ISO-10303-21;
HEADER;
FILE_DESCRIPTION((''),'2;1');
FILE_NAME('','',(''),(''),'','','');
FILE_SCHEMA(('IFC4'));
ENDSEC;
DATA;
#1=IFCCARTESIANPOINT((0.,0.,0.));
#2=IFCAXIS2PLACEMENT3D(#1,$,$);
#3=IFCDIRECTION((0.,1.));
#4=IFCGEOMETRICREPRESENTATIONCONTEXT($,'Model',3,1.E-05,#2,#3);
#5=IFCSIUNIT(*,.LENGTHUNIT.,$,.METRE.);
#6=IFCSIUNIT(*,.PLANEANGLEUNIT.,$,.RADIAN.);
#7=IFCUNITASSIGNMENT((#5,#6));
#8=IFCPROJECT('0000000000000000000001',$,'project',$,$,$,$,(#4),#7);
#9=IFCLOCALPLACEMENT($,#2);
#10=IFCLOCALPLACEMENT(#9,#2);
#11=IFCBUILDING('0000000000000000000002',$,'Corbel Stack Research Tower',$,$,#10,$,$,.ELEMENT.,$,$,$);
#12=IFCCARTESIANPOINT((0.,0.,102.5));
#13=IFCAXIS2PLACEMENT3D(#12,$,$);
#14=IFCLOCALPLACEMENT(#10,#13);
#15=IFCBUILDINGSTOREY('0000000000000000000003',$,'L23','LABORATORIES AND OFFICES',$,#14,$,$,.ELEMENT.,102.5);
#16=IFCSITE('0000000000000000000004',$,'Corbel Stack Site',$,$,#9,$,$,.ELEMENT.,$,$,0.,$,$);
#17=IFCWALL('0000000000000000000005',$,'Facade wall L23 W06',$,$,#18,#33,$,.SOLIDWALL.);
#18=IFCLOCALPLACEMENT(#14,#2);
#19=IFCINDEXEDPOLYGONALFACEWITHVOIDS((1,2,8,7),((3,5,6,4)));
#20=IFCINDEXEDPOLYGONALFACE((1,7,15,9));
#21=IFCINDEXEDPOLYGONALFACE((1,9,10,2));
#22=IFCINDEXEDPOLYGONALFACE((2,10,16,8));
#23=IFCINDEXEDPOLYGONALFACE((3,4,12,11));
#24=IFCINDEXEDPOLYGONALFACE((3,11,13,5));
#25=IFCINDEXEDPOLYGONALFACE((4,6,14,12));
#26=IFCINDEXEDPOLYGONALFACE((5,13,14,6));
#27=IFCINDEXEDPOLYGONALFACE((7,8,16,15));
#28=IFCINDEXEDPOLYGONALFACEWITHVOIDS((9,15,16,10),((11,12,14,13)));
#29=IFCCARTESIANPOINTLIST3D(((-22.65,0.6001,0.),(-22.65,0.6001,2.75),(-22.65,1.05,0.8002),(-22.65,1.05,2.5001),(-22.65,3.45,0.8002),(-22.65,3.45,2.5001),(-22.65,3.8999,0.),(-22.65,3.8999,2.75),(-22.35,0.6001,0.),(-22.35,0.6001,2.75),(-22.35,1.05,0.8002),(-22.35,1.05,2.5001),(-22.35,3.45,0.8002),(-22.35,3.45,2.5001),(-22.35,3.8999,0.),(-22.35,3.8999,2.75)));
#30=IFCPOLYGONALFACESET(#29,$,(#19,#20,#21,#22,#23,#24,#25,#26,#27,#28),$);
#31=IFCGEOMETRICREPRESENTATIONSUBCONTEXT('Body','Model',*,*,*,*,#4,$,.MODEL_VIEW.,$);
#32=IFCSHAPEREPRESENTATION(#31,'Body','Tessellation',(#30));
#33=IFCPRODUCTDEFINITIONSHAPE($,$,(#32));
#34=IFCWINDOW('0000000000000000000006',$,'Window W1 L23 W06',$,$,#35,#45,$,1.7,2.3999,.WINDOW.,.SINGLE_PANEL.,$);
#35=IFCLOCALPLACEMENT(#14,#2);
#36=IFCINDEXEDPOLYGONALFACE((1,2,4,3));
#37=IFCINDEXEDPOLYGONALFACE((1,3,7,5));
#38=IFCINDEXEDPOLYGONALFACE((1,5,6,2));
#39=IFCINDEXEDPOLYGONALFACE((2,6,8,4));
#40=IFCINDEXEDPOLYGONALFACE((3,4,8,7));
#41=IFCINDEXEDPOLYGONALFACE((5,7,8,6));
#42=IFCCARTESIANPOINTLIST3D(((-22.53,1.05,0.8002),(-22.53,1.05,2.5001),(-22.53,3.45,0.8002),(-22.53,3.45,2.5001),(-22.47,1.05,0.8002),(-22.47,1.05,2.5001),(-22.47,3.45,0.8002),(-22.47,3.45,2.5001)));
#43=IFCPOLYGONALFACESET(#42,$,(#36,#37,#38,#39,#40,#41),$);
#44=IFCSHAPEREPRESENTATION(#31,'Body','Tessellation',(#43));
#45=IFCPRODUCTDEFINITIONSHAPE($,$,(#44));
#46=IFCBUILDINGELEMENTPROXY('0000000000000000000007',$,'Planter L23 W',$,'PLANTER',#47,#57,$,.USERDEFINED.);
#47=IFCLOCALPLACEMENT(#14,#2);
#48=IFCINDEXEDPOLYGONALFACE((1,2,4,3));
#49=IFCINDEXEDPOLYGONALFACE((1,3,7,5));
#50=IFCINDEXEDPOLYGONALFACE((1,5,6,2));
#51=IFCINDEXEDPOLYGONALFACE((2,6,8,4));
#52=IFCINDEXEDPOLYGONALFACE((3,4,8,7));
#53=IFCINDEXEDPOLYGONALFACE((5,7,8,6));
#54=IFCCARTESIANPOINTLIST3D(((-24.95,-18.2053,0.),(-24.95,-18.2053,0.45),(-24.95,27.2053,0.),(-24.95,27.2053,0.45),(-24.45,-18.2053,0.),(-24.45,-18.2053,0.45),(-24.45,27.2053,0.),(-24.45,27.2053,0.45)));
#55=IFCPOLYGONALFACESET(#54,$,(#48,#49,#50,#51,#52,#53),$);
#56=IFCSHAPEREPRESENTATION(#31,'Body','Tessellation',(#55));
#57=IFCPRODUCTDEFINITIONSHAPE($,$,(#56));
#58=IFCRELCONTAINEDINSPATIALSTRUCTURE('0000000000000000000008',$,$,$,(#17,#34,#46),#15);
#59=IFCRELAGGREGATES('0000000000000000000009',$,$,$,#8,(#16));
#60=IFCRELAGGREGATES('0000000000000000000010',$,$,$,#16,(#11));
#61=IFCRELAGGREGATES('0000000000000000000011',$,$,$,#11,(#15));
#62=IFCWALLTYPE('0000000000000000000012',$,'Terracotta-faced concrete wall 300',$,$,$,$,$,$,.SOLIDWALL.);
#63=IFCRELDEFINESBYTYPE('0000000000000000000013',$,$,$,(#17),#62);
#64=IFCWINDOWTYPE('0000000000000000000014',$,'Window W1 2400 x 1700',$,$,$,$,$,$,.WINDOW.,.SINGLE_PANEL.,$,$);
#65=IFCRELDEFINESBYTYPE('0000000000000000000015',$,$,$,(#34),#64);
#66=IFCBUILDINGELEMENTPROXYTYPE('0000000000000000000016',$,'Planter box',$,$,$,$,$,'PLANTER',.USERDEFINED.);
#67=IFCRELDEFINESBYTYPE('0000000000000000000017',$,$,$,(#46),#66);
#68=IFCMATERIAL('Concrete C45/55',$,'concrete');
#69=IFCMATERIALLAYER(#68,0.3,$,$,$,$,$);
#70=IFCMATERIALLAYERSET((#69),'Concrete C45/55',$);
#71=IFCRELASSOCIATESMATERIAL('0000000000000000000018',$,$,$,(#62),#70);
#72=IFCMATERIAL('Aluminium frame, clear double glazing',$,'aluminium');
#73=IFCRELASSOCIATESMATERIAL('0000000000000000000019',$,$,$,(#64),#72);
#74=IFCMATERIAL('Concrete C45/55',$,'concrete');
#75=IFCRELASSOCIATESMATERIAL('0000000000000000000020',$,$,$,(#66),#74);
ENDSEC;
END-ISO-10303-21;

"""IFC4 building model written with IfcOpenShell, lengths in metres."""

from ifc_helpers import new_model, si_unit, direction, frame, frame_2d, origin, origin_2d, place, context, subcontext, project, spatial, rectangle, extrude, material, layer, layer_set, type_object, element, fill, save


model = new_model("IFC4")

# Units and contexts
model_context = context("Model", 3, precision=1e-05, world=origin(), true_north=direction((0.0, 1.0)))
body_context = subcontext(model_context, "Body", "Model", "MODEL_VIEW")
ifc_project = project(units=[si_unit("LENGTHUNIT", "METRE"), si_unit("PLANEANGLEUNIT", "RADIAN")], contexts=[model_context])

# Site, building, storey
site_placement = place(None, origin())
site = spatial("IfcSite", under=ifc_project, at=site_placement, Name="Corbel Stack Site", CompositionType="ELEMENT", RefElevation=0.0)
building_placement = place(site_placement, origin())
building = spatial("IfcBuilding", under=site, at=building_placement, Name="Corbel Stack Research Tower", CompositionType="ELEMENT")
storey_placement = place(building_placement, frame((0.0, 0.0, 102.5)))
storey = spatial("IfcBuildingStorey", under=building, at=storey_placement, Name="L23", Description="LABORATORIES AND OFFICES", CompositionType="ELEMENT", Elevation=102.5)

# Wall, opening, window
ifc_material_1 = material(Name="Concrete C45/55", Category="concrete")
ifc_layer = layer(ifc_material_1, 0.3)
ifc_layer_set = layer_set([ifc_layer], Name="Concrete C45/55")
wall_type = type_object("IfcWallType", Name="Terracotta-faced concrete wall 300", PredefinedType="SOLIDWALL", material=ifc_layer_set)
ifc_material_2 = material(Name="Aluminium frame, clear double glazing", Category="aluminium")
window_type = type_object("IfcWindowType", Name="Window W1 2400 x 1700", PartitioningType="SINGLE_PANEL", PredefinedType="WINDOW", material=ifc_material_2)
wall_1_placement = place(storey_placement, frame((-22.5, 0.6001, 0.0), z_axis=(0.0, 0.0, 1.0), x_axis=(0.0, 1.0, 0.0)))
wall_1 = element("IfcWall", 1, at=wall_1_placement, inside=storey, type_object=wall_type, Name="Facade wall L23 W06", PredefinedType="SOLIDWALL", context=body_context, shape_type="SweptSolid", body=[
    extrude(rectangle(XDim=3.2998, YDim=0.3, at=frame_2d((1.6499, 0.0))), origin(), (0.0, 0.0, 1.0), 2.75),
])
opening_1_placement = place(wall_1_placement, frame((0.45, 0.0, 0.8)))
opening_1 = element("IfcOpeningElement", 2, at=opening_1_placement, cuts=wall_1, PredefinedType="OPENING", context=body_context, shape_type="SweptSolid", body=[
    extrude(rectangle(XDim=2.3999, YDim=1.7, at=frame_2d((1.2, 0.8501))), frame((0.0, 0.1599, 0.0), z_axis=(0.0, -1.0, 0.0), x_axis=(1.0, 0.0, 0.0)), (0.0, 0.0, 1.0), 0.3201),
])
window_1_placement = place(opening_1_placement, origin())
window_1 = element("IfcWindow", 3, at=window_1_placement, inside=storey, type_object=window_type, Name="Window W1 L23 W06", OverallHeight=1.7, OverallWidth=2.3999, PartitioningType="SINGLE_PANEL", PredefinedType="WINDOW", context=body_context, shape_type="SweptSolid", body=[
    extrude(rectangle(XDim=2.3999, YDim=1.7, at=frame_2d((1.2, 0.8501))), frame((0.0, 0.03, 0.0), z_axis=(0.0, -1.0, 0.0), x_axis=(1.0, 0.0, 0.0)), (0.0, 0.0, 1.0), 0.0601),
])
fill(opening_1, window_1)

# Building element proxy
ifc_material_3 = material(Name="Concrete C45/55", Category="concrete")
building_element_proxy_type = type_object("IfcBuildingElementProxyType", Name="Planter box", ElementType="PLANTER", PredefinedType="USERDEFINED", material=ifc_material_3)
proxy_placement = place(storey_placement, frame((-24.7, 4.5, 0.0), z_axis=(0.0, 0.0, 1.0), x_axis=(0.0, -1.0, 0.0)))
element("IfcBuildingElementProxy", 4, at=proxy_placement, inside=storey, type_object=building_element_proxy_type, Name="Planter L23 W", ObjectType="PLANTER", PredefinedType="USERDEFINED", context=body_context, shape_type="SweptSolid", body=[
    extrude(rectangle(XDim=45.4106, YDim=0.5, at=origin_2d()), origin(), (0.0, 0.0, 1.0), 0.45),
])

save(model, "model.ifc")
